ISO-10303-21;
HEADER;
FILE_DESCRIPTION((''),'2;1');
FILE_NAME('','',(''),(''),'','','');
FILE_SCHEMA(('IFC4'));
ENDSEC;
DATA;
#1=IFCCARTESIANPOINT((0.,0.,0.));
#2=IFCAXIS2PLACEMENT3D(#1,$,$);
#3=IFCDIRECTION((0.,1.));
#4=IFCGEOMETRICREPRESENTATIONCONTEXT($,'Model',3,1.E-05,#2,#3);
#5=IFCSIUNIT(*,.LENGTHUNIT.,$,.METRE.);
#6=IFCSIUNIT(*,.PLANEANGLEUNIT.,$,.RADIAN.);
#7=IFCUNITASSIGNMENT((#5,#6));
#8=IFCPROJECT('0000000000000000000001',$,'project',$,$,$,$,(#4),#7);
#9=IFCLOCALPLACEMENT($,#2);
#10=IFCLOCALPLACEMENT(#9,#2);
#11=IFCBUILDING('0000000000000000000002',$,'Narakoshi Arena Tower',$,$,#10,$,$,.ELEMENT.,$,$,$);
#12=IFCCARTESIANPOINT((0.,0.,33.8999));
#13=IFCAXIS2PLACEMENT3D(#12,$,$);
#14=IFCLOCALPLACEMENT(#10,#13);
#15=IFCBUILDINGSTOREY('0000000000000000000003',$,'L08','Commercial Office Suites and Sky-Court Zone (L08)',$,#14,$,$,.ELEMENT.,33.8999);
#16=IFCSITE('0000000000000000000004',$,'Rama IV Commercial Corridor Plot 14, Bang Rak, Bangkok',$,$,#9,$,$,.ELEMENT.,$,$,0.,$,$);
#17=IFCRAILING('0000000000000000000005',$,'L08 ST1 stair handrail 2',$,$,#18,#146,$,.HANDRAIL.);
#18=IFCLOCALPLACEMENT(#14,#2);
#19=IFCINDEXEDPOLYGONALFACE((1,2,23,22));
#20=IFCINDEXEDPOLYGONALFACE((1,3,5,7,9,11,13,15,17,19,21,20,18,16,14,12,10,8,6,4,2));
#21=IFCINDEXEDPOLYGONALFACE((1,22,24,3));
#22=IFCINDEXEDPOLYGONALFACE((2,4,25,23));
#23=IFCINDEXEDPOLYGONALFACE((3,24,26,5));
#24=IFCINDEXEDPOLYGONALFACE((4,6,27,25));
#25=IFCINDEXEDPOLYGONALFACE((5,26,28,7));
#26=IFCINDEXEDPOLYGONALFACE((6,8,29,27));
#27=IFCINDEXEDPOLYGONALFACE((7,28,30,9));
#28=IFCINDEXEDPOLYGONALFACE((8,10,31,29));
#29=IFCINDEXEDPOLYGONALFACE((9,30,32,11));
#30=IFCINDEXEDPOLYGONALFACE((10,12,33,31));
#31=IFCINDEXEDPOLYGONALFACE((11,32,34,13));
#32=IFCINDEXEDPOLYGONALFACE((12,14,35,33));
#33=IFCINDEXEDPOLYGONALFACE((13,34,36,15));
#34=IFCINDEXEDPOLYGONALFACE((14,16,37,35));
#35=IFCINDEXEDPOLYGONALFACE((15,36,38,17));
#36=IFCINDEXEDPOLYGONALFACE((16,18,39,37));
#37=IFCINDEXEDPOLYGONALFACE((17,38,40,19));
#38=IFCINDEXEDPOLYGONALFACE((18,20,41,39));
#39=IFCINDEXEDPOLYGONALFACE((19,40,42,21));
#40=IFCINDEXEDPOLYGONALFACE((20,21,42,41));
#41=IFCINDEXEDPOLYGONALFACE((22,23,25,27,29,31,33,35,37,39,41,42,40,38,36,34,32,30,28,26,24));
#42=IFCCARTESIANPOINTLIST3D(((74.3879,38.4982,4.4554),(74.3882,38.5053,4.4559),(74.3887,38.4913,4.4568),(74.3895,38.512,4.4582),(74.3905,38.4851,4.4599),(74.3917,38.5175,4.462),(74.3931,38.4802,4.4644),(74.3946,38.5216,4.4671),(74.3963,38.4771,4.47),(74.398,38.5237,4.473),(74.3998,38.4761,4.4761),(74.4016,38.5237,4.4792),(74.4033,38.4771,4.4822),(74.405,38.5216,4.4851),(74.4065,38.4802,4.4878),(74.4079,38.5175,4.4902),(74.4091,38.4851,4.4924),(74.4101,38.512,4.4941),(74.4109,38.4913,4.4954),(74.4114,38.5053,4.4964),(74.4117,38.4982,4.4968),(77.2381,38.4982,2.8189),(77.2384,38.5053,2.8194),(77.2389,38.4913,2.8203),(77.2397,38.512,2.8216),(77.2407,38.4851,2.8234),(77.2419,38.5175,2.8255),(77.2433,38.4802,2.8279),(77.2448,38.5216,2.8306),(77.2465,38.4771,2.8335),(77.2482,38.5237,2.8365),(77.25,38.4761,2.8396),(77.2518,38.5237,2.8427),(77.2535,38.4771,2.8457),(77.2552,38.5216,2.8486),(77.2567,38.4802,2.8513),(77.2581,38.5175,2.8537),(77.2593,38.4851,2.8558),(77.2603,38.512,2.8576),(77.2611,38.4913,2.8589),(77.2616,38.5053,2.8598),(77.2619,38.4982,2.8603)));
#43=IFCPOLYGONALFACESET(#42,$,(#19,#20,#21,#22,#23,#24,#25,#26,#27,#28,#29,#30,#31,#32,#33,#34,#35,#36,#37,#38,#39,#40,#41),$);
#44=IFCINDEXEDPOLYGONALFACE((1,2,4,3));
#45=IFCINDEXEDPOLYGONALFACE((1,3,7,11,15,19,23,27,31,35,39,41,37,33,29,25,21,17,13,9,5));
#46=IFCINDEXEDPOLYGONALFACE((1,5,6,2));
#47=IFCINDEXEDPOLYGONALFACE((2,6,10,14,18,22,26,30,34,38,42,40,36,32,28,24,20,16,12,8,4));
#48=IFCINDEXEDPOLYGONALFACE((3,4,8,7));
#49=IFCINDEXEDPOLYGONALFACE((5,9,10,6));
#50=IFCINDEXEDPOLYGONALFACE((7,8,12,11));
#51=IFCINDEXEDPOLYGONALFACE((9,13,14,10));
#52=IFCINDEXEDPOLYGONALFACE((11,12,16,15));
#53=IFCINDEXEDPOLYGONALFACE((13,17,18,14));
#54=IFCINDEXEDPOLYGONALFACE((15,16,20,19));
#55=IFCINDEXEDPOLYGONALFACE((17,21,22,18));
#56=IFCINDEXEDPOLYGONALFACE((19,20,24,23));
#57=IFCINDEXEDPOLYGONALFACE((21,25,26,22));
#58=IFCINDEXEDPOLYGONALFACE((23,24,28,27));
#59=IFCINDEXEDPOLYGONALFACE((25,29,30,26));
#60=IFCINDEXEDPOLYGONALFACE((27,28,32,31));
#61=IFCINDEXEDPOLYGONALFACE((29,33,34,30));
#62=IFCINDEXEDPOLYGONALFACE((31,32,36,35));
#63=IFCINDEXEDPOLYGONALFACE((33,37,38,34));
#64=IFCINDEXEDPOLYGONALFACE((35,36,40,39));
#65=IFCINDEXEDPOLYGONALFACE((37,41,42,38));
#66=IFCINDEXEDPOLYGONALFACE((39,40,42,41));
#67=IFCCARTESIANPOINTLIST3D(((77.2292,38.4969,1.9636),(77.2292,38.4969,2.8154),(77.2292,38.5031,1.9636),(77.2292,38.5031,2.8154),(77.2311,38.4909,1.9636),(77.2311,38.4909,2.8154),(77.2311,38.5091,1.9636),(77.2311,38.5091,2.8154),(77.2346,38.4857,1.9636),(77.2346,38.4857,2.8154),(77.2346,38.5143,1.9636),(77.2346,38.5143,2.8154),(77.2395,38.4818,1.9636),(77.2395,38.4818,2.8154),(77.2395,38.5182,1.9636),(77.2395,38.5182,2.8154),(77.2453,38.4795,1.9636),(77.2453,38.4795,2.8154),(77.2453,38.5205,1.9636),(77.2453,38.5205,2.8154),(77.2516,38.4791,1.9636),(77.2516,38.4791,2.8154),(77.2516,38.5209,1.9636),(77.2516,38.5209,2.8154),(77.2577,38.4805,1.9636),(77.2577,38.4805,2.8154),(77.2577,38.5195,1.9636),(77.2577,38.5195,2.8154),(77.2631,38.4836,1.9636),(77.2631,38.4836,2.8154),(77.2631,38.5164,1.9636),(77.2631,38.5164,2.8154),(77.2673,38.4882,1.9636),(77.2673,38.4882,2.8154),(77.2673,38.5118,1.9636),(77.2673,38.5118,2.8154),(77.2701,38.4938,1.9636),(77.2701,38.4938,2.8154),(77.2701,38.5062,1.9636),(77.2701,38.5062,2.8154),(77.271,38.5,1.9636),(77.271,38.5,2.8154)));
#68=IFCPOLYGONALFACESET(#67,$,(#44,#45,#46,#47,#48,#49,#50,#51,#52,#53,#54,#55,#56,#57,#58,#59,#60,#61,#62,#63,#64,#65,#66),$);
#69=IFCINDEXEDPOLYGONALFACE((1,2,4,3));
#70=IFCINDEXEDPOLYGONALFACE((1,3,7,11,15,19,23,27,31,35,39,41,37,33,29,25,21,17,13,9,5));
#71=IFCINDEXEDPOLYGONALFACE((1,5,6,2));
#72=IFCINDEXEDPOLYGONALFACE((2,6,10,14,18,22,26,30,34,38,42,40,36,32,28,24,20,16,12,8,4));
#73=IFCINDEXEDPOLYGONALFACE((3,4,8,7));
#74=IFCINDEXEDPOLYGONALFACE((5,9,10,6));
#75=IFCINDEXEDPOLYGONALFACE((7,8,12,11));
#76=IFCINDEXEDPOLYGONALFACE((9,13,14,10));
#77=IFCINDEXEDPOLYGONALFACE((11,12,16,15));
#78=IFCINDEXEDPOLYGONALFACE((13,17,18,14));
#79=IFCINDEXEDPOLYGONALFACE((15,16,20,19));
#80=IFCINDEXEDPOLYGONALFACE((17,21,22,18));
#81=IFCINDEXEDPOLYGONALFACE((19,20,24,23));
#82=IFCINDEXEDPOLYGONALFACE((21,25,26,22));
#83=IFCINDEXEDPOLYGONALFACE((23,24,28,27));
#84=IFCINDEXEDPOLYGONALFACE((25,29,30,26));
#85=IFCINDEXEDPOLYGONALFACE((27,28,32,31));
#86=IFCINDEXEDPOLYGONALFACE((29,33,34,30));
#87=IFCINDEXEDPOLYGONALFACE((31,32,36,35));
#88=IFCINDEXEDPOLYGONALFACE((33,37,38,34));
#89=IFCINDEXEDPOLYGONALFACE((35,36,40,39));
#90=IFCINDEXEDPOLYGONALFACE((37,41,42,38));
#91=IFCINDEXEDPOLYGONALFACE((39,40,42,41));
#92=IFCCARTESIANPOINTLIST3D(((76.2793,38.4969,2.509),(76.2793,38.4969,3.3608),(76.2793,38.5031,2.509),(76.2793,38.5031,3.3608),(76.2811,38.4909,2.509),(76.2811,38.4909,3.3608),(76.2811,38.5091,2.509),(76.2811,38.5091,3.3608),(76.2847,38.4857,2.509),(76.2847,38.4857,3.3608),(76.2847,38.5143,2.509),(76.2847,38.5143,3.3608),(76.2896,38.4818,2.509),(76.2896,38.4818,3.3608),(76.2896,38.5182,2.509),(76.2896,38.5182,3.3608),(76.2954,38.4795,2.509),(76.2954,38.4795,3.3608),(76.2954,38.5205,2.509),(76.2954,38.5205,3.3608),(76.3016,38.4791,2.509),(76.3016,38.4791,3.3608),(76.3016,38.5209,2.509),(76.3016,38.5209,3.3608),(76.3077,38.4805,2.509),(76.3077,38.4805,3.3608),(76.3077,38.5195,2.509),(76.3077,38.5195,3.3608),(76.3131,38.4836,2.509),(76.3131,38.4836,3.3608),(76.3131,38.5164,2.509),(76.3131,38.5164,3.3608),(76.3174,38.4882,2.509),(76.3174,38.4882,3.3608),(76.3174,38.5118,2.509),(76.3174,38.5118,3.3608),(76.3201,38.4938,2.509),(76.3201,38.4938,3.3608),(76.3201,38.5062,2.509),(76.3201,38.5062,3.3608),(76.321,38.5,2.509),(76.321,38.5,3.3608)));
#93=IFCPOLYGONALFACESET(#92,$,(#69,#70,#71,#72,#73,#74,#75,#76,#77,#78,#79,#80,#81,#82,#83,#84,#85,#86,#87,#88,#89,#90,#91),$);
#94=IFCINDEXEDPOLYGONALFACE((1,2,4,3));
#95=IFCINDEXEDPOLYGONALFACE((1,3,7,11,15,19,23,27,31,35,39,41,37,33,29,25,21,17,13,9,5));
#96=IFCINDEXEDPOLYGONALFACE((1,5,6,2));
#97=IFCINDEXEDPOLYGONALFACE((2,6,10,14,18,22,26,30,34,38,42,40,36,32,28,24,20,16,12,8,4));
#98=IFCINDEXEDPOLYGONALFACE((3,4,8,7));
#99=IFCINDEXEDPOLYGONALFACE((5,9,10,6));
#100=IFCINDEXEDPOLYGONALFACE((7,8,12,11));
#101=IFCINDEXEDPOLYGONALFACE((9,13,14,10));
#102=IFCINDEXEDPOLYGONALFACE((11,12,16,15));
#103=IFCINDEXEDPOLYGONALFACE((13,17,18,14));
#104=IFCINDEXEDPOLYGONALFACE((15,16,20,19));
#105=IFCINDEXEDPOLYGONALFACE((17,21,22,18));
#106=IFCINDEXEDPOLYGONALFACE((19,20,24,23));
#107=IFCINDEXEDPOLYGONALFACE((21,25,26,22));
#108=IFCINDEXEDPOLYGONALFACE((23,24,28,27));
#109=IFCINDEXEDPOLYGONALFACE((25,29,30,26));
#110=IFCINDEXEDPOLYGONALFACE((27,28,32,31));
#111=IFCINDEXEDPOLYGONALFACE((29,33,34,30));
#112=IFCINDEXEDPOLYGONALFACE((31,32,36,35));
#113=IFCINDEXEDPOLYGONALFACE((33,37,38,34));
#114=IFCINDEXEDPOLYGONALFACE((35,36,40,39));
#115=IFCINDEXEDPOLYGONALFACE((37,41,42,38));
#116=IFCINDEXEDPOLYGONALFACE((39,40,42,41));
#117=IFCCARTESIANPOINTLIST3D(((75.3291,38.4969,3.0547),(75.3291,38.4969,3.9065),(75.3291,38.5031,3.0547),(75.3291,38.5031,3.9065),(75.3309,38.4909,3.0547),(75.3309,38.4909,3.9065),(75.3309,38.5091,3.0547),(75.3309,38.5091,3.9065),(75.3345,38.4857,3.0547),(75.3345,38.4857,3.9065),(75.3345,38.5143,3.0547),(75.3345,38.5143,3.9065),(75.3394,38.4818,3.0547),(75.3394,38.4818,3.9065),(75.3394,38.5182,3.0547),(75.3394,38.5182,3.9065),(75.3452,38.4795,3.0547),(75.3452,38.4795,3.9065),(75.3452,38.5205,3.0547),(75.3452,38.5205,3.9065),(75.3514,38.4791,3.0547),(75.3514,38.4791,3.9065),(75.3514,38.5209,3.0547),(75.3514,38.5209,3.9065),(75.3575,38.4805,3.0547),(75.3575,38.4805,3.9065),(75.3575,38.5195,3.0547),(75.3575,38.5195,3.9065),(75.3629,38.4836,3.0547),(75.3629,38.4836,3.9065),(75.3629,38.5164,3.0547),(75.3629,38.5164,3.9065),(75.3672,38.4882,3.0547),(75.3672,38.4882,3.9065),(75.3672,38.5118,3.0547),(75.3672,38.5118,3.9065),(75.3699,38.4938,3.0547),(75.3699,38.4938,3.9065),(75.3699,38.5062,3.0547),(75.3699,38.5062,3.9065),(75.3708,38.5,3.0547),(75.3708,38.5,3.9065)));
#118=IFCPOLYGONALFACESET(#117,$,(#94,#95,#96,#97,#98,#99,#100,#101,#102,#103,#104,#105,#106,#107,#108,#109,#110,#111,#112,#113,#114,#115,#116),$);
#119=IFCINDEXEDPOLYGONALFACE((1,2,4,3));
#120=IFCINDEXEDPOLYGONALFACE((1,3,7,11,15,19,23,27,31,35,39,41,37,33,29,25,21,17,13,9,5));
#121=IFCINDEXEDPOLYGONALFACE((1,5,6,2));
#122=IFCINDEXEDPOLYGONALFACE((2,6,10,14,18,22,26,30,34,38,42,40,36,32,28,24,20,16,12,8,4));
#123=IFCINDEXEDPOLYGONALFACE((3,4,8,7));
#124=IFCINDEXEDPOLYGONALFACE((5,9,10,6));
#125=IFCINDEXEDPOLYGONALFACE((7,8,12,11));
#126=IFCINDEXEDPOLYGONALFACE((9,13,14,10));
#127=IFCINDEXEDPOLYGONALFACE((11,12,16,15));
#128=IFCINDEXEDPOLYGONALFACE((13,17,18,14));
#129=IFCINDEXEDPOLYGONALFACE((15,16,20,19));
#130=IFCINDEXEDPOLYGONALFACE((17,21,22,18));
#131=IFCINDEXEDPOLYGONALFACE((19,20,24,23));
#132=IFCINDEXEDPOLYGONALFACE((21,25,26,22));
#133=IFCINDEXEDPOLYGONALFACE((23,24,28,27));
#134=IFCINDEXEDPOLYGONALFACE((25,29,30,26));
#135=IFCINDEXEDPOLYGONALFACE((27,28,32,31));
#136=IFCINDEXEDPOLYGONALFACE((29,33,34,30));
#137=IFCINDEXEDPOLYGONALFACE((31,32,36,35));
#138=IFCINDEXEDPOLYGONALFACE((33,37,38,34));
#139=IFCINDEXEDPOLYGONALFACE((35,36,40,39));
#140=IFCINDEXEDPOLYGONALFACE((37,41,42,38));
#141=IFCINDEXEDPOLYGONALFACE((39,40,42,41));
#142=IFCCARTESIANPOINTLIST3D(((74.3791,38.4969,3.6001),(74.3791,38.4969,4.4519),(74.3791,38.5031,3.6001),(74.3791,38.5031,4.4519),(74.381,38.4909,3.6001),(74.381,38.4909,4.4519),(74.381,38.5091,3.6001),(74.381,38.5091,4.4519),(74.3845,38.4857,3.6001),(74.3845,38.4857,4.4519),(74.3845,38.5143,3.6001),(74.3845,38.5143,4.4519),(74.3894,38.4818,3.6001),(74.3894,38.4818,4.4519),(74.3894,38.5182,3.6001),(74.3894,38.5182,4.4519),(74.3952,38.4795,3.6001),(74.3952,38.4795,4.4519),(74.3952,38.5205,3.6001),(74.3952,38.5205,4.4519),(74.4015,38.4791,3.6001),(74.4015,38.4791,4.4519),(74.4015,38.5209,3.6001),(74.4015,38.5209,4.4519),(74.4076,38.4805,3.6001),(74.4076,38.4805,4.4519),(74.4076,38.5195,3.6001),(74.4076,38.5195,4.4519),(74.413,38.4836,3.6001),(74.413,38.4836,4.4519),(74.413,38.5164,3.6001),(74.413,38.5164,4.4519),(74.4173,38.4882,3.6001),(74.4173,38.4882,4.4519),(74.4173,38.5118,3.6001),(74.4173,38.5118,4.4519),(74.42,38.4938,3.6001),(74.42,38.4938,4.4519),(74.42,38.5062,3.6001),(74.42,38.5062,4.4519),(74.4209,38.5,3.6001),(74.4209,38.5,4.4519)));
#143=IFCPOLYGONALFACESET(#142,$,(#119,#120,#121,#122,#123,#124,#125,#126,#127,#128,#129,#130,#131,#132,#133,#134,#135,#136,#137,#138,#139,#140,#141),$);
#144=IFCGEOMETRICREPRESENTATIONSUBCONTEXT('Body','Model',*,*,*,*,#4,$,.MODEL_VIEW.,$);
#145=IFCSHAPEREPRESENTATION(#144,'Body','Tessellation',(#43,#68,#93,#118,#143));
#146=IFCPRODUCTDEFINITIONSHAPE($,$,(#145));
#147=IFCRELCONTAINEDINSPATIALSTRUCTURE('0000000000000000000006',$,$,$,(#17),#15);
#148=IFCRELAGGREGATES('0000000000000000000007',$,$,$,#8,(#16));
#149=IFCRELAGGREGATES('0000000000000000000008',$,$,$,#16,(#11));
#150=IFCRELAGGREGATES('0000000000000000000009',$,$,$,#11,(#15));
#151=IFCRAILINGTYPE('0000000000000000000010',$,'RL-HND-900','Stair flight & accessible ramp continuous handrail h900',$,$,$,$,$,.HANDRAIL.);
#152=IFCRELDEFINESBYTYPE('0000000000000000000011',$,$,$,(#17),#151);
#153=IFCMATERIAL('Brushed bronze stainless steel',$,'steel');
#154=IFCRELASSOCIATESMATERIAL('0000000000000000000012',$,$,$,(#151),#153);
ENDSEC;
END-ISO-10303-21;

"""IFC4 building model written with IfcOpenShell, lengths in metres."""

from ifc_helpers import new_model, si_unit, direction, frame, origin, origin_2d, place, context, subcontext, project, spatial, circle, extrude, material, type_object, element, save


model = new_model("IFC4")

# Units and contexts
model_context = context("Model", 3, precision=1e-05, world=origin(), true_north=direction((0.0, 1.0)))
body_context = subcontext(model_context, "Body", "Model", "MODEL_VIEW")
ifc_project = project(units=[si_unit("LENGTHUNIT", "METRE"), si_unit("PLANEANGLEUNIT", "RADIAN")], contexts=[model_context])

# Site, building, storey
site_placement = place(None, origin())
site = spatial("IfcSite", under=ifc_project, at=site_placement, Name="Rama IV Commercial Corridor Plot 14, Bang Rak, Bangkok", CompositionType="ELEMENT", RefElevation=0.0)
building_placement = place(site_placement, origin())
building = spatial("IfcBuilding", under=site, at=building_placement, Name="Narakoshi Arena Tower", CompositionType="ELEMENT")
storey_placement = place(building_placement, frame((0.0, 0.0, 33.8999)))
storey = spatial("IfcBuildingStorey", under=building, at=storey_placement, Name="L08", Description="Commercial Office Suites and Sky-Court Zone (L08)", CompositionType="ELEMENT", Elevation=33.8999)

# Shared definitions
ifc_material_1 = material(Name="Brushed bronze stainless steel", Category="steel")

# Railing
railing_type_1 = type_object("IfcRailingType", Name="RL-HND-900", Description="Stair flight & accessible ramp continuous handrail h900", PredefinedType="HANDRAIL", material=ifc_material_1)
railing_1_placement = place(storey_placement, frame((77.25, 38.5, 1.9636)))
element("IfcRailing", 1, at=railing_1_placement, inside=storey, type_object=railing_type_1, Name="L08 ST1 stair handrail 2", PredefinedType="HANDRAIL", context=body_context, shape_type="SweptSolid", body=[
    extrude(circle(Radius=0.0239, at=origin_2d()), frame((0.0, 0.0, 0.876), z_axis=(-0.867213, 0.0, 0.497938), x_axis=(0.0, -1.0, 0.0)), (0.0, 0.0, 1.0), 3.2866),
    extrude(circle(Radius=0.021, at=origin_2d()), origin(), (0.0, 0.0, 1.0), 0.8518),
    extrude(circle(Radius=0.021, at=origin_2d()), frame((-0.95, 0.0, 0.5454)), (0.0, 0.0, 1.0), 0.8518),
    extrude(circle(Radius=0.021, at=origin_2d()), frame((-1.9001, 0.0, 1.0911)), (0.0, 0.0, 1.0), 0.8518),
    extrude(circle(Radius=0.021, at=origin_2d()), frame((-2.8501, 0.0, 1.6365)), (0.0, 0.0, 1.0), 0.8518),
])

save(model, "model.ifc")
